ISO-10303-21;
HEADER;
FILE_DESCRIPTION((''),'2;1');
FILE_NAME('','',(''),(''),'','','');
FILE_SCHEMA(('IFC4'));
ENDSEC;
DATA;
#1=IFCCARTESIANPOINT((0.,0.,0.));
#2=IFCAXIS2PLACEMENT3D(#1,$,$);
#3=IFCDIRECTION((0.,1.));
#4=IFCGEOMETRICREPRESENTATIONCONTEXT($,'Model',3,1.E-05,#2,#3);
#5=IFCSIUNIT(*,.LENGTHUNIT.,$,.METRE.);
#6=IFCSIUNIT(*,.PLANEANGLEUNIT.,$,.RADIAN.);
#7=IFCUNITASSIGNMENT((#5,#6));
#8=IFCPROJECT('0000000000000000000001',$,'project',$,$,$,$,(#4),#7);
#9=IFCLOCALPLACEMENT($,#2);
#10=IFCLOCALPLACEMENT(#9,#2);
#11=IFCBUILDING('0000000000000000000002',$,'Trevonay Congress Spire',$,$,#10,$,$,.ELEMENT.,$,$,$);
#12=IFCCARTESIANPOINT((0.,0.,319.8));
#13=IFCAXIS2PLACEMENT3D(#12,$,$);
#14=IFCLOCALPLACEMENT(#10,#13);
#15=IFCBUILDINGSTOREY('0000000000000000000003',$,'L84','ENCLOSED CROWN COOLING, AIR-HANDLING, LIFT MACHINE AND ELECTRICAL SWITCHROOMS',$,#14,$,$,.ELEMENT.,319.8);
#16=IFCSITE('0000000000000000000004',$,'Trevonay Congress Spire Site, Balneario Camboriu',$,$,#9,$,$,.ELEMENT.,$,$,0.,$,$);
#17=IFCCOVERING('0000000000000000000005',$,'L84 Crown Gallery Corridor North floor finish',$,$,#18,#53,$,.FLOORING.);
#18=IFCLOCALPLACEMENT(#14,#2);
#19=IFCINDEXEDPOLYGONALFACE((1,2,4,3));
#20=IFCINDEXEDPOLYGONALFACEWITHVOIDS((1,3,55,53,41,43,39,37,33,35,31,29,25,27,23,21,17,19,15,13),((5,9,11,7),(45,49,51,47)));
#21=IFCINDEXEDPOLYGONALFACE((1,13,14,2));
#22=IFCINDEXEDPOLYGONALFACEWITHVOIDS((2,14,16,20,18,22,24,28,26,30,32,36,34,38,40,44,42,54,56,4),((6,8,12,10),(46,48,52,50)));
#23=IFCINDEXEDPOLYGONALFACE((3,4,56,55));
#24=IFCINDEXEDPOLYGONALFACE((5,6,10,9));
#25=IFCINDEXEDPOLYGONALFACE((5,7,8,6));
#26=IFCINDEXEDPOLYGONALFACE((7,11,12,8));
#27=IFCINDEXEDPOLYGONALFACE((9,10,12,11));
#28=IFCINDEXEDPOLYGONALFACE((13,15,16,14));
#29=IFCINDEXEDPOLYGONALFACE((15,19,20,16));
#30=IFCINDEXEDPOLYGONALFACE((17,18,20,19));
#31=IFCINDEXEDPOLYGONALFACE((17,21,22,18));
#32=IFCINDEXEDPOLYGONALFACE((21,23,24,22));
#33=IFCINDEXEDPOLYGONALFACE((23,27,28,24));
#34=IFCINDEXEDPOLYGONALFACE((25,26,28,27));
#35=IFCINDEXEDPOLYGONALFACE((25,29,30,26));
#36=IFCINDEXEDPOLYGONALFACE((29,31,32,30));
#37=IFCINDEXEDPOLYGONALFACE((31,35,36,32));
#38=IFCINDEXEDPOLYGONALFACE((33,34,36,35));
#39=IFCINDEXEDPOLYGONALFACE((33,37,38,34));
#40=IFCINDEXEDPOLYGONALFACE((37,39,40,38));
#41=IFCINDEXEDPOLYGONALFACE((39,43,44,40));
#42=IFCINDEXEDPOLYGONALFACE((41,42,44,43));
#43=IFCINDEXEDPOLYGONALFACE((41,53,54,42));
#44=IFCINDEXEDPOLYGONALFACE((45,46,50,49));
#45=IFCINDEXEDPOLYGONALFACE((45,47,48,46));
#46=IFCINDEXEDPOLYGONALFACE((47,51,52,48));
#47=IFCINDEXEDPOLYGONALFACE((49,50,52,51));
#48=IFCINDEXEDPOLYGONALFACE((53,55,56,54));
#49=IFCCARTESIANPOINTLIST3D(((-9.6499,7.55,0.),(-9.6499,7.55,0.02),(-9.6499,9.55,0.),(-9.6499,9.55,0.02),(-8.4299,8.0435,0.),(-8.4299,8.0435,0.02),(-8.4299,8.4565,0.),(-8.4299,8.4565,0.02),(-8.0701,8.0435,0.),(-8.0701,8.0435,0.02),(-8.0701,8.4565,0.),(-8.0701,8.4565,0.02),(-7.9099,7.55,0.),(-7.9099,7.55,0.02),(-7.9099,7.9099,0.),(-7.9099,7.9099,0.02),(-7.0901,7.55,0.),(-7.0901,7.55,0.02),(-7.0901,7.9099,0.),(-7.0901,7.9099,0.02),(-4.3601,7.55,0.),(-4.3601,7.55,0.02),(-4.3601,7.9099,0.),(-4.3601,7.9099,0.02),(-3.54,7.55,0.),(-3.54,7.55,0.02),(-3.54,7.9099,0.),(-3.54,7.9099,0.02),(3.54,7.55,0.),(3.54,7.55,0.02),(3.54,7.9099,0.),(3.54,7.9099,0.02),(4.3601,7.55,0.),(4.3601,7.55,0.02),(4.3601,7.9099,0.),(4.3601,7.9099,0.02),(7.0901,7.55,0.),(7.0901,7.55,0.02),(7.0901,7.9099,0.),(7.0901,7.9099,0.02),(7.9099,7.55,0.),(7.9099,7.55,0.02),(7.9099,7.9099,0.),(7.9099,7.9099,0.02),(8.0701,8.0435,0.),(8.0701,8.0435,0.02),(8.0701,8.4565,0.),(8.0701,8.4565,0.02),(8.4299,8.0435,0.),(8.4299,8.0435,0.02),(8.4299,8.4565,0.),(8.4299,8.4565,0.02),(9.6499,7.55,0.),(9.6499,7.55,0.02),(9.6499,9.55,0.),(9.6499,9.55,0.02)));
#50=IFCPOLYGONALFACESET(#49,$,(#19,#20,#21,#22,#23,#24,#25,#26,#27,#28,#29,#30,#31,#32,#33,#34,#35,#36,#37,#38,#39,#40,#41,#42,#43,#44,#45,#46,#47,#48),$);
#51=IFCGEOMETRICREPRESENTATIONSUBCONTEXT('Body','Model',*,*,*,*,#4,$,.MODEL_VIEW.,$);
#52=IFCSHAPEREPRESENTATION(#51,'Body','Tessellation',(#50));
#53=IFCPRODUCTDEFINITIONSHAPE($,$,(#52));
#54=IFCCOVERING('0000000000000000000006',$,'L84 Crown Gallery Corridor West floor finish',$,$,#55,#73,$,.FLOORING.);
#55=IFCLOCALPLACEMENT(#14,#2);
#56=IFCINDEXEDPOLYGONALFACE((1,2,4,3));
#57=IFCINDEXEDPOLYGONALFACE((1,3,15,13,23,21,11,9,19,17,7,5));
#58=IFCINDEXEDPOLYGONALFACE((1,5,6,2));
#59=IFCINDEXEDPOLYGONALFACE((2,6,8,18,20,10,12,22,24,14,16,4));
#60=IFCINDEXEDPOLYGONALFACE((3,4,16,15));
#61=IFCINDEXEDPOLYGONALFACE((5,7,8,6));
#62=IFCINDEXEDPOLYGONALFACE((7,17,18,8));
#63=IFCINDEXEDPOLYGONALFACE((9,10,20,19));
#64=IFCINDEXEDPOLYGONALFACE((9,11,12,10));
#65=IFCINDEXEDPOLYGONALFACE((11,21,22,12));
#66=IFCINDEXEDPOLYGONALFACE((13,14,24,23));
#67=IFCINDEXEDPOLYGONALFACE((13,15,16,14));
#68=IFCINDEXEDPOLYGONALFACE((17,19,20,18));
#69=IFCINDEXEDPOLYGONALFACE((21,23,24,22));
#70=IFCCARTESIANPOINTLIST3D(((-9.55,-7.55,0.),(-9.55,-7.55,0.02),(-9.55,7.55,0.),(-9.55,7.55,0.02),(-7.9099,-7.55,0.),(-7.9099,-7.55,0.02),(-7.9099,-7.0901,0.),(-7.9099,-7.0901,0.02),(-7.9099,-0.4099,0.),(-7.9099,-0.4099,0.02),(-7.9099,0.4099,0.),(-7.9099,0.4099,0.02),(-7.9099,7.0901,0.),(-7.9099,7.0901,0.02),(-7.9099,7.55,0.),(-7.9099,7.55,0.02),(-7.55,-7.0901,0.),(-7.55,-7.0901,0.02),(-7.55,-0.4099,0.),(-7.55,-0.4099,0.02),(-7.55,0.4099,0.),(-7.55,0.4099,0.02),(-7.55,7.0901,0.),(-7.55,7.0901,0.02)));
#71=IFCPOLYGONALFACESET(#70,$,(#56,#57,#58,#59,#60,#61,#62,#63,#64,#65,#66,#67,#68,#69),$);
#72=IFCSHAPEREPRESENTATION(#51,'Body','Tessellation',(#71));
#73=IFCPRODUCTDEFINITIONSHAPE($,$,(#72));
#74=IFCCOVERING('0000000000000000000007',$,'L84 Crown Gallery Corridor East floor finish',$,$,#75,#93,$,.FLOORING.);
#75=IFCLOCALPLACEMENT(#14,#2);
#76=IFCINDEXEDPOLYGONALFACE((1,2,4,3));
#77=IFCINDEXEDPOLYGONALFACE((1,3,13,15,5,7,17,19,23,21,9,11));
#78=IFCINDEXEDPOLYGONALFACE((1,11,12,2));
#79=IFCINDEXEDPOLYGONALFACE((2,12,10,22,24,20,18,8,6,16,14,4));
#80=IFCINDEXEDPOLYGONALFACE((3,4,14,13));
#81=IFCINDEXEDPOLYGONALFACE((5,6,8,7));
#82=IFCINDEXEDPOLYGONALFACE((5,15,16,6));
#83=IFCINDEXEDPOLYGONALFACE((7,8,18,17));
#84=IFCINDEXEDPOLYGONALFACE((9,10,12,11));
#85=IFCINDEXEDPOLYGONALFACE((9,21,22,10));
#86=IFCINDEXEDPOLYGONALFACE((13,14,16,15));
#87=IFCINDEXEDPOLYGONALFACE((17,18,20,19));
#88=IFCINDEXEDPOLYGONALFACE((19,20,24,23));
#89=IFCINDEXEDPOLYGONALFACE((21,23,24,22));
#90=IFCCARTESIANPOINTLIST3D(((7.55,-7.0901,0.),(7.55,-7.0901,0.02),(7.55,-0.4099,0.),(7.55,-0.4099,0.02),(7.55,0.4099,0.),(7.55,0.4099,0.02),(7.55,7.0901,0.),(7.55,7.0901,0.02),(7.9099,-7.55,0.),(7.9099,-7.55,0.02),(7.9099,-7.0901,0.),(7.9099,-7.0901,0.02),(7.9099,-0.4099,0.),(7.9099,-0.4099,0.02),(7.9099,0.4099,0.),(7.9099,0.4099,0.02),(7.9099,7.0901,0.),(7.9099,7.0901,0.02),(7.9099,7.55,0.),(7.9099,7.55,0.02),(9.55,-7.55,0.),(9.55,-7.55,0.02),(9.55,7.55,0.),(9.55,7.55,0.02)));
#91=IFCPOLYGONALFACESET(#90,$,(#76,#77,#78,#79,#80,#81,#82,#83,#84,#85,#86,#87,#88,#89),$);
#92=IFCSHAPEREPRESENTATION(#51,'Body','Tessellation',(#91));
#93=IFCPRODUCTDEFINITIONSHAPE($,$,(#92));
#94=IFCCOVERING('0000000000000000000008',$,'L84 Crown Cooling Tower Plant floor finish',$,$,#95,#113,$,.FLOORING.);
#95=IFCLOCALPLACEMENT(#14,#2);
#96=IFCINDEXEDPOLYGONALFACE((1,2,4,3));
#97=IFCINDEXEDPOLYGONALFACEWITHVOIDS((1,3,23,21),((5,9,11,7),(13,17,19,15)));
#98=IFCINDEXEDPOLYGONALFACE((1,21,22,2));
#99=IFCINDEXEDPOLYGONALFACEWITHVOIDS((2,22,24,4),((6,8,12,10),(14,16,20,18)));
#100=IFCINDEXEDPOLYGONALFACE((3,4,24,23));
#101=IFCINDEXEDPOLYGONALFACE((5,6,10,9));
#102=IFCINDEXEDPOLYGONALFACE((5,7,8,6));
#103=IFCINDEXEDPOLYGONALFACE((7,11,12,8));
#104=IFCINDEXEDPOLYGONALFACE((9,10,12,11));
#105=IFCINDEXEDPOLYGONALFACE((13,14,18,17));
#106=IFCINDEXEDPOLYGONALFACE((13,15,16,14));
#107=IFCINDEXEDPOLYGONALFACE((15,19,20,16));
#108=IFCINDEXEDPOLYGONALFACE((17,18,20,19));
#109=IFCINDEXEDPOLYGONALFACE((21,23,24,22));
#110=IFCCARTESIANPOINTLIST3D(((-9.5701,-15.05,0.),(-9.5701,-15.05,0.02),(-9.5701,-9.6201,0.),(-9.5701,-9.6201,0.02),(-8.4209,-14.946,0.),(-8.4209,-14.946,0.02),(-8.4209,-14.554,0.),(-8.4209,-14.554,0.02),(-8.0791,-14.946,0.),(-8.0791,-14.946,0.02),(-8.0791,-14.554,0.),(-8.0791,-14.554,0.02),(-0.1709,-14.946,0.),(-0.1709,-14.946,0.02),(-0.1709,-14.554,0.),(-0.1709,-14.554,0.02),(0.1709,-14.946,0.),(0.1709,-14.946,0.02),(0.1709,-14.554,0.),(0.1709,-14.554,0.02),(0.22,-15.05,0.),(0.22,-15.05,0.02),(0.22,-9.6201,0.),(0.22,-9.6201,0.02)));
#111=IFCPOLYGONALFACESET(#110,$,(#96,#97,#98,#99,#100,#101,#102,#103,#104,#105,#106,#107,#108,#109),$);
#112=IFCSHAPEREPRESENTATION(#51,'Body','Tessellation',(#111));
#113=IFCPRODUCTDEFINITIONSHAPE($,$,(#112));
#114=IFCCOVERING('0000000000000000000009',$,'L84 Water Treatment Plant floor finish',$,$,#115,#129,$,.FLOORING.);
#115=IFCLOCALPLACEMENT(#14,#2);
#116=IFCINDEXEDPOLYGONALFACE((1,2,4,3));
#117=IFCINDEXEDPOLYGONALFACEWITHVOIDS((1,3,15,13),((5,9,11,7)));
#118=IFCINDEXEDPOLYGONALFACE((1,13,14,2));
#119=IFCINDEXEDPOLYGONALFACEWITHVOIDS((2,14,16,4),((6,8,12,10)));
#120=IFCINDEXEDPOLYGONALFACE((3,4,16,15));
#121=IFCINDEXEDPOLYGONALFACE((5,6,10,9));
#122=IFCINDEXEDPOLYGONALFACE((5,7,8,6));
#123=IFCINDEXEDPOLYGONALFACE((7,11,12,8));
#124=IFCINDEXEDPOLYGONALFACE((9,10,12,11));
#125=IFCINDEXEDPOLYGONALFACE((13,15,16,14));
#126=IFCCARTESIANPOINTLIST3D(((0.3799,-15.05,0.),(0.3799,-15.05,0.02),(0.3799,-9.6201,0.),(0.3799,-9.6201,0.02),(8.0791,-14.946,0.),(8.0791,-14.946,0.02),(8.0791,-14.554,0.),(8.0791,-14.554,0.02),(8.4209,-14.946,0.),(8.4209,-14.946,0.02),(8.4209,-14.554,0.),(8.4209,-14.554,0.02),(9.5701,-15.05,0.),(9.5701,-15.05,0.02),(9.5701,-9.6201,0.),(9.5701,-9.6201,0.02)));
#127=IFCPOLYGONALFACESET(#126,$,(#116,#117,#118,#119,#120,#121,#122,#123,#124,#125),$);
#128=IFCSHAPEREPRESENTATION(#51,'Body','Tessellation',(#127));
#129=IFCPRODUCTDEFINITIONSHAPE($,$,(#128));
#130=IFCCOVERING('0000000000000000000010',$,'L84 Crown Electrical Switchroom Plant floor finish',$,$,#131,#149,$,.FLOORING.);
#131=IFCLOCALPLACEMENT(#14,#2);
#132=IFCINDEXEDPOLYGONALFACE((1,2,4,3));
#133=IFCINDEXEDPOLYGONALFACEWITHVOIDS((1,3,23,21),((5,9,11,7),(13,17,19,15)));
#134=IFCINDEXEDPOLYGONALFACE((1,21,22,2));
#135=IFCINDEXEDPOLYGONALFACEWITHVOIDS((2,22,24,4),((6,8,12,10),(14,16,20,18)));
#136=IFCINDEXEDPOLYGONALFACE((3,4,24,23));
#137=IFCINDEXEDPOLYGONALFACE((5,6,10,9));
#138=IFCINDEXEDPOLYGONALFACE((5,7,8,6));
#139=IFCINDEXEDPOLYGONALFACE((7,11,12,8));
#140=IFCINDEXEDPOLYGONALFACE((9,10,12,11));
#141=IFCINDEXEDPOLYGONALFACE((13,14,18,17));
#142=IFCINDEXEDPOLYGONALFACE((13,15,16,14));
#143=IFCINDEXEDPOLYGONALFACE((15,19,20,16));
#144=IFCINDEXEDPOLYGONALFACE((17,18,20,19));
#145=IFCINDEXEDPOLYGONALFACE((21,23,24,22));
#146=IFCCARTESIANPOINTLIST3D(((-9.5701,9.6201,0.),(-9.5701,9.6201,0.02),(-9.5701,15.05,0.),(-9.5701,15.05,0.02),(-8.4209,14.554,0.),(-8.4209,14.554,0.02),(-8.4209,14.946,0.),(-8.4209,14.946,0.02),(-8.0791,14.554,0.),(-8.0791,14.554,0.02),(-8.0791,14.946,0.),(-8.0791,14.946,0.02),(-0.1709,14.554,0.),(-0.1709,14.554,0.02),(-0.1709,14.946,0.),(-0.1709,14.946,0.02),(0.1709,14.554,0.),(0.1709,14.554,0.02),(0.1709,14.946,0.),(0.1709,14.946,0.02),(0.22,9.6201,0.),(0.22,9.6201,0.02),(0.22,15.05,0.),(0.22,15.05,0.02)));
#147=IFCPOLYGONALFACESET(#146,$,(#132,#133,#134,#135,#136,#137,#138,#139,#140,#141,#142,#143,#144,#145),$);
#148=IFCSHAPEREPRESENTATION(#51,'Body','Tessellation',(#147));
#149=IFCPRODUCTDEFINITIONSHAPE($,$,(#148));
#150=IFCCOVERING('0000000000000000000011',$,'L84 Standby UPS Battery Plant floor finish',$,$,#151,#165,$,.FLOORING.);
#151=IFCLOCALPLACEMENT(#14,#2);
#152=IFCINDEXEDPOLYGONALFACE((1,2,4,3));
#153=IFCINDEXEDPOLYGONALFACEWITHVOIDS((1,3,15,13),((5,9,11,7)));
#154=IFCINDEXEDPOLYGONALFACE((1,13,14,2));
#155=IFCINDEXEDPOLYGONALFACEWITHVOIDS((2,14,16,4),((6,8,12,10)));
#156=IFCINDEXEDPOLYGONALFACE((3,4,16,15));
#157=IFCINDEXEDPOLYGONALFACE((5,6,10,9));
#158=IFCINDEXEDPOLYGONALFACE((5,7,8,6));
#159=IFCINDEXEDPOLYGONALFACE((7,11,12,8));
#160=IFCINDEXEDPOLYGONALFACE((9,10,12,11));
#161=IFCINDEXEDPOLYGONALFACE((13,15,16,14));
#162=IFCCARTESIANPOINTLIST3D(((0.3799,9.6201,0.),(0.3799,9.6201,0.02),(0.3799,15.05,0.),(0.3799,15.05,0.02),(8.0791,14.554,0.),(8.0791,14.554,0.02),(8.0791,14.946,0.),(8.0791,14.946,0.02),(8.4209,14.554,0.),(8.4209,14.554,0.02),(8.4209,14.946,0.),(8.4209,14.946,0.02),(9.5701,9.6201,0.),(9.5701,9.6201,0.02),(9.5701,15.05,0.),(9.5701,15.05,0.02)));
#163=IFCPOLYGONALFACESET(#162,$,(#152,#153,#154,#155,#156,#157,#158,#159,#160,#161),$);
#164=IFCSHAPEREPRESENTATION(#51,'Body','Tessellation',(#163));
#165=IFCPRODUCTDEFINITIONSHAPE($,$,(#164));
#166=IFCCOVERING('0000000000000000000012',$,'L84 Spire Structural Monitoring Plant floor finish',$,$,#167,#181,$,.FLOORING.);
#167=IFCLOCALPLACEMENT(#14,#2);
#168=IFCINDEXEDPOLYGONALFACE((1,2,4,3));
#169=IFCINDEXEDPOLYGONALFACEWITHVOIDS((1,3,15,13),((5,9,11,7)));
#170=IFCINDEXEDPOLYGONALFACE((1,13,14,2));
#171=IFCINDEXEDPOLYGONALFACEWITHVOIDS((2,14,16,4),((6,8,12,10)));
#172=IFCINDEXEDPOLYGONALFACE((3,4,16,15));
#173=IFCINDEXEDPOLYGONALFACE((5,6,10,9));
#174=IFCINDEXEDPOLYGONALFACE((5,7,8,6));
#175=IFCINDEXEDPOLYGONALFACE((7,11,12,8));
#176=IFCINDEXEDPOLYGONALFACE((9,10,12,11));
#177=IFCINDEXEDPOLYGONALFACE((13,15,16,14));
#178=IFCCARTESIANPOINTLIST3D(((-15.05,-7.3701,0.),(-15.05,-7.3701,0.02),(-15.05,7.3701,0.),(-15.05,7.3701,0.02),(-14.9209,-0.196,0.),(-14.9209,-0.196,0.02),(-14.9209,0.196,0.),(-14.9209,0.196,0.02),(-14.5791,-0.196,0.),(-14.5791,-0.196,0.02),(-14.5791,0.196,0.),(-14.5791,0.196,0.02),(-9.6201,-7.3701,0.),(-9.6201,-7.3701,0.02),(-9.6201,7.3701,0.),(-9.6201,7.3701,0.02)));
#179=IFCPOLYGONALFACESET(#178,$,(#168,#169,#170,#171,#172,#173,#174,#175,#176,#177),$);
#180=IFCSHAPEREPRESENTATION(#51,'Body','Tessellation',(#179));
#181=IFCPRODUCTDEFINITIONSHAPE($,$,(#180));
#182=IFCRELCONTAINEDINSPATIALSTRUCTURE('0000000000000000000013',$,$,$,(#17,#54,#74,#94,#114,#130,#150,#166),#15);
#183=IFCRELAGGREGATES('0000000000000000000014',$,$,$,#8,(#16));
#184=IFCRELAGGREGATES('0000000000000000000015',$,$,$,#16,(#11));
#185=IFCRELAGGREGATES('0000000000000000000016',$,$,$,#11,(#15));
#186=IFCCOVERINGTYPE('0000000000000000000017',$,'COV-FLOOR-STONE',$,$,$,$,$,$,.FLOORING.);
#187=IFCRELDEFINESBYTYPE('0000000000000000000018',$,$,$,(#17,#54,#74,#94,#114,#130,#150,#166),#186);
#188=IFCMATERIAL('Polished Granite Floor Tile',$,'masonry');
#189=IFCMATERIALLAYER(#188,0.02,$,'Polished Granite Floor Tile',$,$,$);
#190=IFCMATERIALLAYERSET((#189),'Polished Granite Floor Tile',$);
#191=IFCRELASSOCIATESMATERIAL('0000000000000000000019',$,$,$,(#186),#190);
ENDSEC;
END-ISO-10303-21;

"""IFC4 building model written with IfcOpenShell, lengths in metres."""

from ifc_helpers import new_model, si_unit, direction, frame, origin, place, context, subcontext, project, spatial, polyline, outline, extrude, material, layer, layer_set, type_object, element, save


model = new_model("IFC4")

# Units and contexts
model_context = context("Model", 3, precision=1e-05, world=origin(), true_north=direction((0.0, 1.0)))
body_context = subcontext(model_context, "Body", "Model", "MODEL_VIEW")
ifc_project = project(units=[si_unit("LENGTHUNIT", "METRE"), si_unit("PLANEANGLEUNIT", "RADIAN")], contexts=[model_context])

# Site, building, storey
site_placement = place(None, origin())
site = spatial("IfcSite", under=ifc_project, at=site_placement, Name="Trevonay Congress Spire Site, Balneario Camboriu", CompositionType="ELEMENT", RefElevation=0.0)
building_placement = place(site_placement, origin())
building = spatial("IfcBuilding", under=site, at=building_placement, Name="Trevonay Congress Spire", CompositionType="ELEMENT")
storey_placement = place(building_placement, frame((0.0, 0.0, 319.8)))
storey = spatial("IfcBuildingStorey", under=building, at=storey_placement, Name="L84", Description="ENCLOSED CROWN COOLING, AIR-HANDLING, LIFT MACHINE AND ELECTRICAL SWITCHROOMS", CompositionType="ELEMENT", Elevation=319.8)

# Coverings
ifc_material_1 = material(Name="Polished Granite Floor Tile", Category="masonry")
ifc_layer_1 = layer(ifc_material_1, 0.02, Name="Polished Granite Floor Tile")
ifc_layer_set_1 = layer_set([ifc_layer_1], Name="Polished Granite Floor Tile")
covering_type_1 = type_object("IfcCoveringType", Name="COV-FLOOR-STONE", PredefinedType="FLOORING", material=ifc_layer_set_1)
covering_1_placement = place(storey_placement, origin())
element("IfcCovering", 1, at=covering_1_placement, inside=storey, type_object=covering_type_1, Name="L84 Crown Gallery Corridor North floor finish", PredefinedType="FLOORING", context=body_context, shape_type="SweptSolid", body=[
    extrude(outline(polyline([(-9.6499, 7.55), (-9.6499, 9.55), (9.6499, 9.55), (9.6499, 7.55), (7.9099, 7.55), (7.9099, 7.9099), (7.0901, 7.9099), (7.0901, 7.55), (4.3601, 7.55), (4.3601, 7.9099), (3.54, 7.9099), (3.54, 7.55), (-3.54, 7.55), (-3.54, 7.9099), (-4.3601, 7.9099), (-4.3601, 7.55), (-7.0901, 7.55), (-7.0901, 7.9099), (-7.9099, 7.9099), (-7.9099, 7.55), (-9.6499, 7.55)]), holes=[polyline([(-8.0701, 8.4565), (-8.4299, 8.4565), (-8.4299, 8.0435), (-8.0701, 8.0435), (-8.0701, 8.4565)]), polyline([(8.4299, 8.4565), (8.0701, 8.4565), (8.0701, 8.0435), (8.4299, 8.0435), (8.4299, 8.4565)])]), origin(), (0.0, 0.0, 1.0), 0.02),
])
covering_2_placement = place(storey_placement, origin())
element("IfcCovering", 2, at=covering_2_placement, inside=storey, type_object=covering_type_1, Name="L84 Crown Gallery Corridor West floor finish", PredefinedType="FLOORING", context=body_context, shape_type="SweptSolid", body=[
    extrude(outline(polyline([(-9.55, 7.55), (-7.9099, 7.55), (-7.9099, 7.0901), (-7.55, 7.0901), (-7.55, 0.4099), (-7.9099, 0.4099), (-7.9099, -0.4099), (-7.55, -0.4099), (-7.55, -7.0901), (-7.9099, -7.0901), (-7.9099, -7.55), (-9.55, -7.55), (-9.55, 7.55)])), origin(), (0.0, 0.0, 1.0), 0.02),
])
covering_3_placement = place(storey_placement, origin())
element("IfcCovering", 3, at=covering_3_placement, inside=storey, type_object=covering_type_1, Name="L84 Crown Gallery Corridor East floor finish", PredefinedType="FLOORING", context=body_context, shape_type="SweptSolid", body=[
    extrude(outline(polyline([(9.55, -7.55), (7.9099, -7.55), (7.9099, -7.0901), (7.55, -7.0901), (7.55, -0.4099), (7.9099, -0.4099), (7.9099, 0.4099), (7.55, 0.4099), (7.55, 7.0901), (7.9099, 7.0901), (7.9099, 7.55), (9.55, 7.55), (9.55, -7.55)])), origin(), (0.0, 0.0, 1.0), 0.02),
])
covering_4_placement = place(storey_placement, origin())
element("IfcCovering", 4, at=covering_4_placement, inside=storey, type_object=covering_type_1, Name="L84 Crown Cooling Tower Plant floor finish", PredefinedType="FLOORING", context=body_context, shape_type="SweptSolid", body=[
    extrude(outline(polyline([(-9.5701, -9.6201), (0.22, -9.6201), (0.22, -15.05), (-9.5701, -15.05), (-9.5701, -9.6201)]), holes=[polyline([(-8.4209, -14.946), (-8.0791, -14.946), (-8.0791, -14.554), (-8.4209, -14.554), (-8.4209, -14.946)]), polyline([(-0.1709, -14.946), (0.1709, -14.946), (0.1709, -14.554), (-0.1709, -14.554), (-0.1709, -14.946)])]), origin(), (0.0, 0.0, 1.0), 0.02),
])
covering_5_placement = place(storey_placement, origin())
element("IfcCovering", 5, at=covering_5_placement, inside=storey, type_object=covering_type_1, Name="L84 Water Treatment Plant floor finish", PredefinedType="FLOORING", context=body_context, shape_type="SweptSolid", body=[
    extrude(outline(polyline([(0.3799, -9.6201), (9.5701, -9.6201), (9.5701, -15.05), (0.3799, -15.05), (0.3799, -9.6201)]), holes=[polyline([(8.4209, -14.946), (8.4209, -14.554), (8.0791, -14.554), (8.0791, -14.946), (8.4209, -14.946)])]), origin(), (0.0, 0.0, 1.0), 0.02),
])
covering_6_placement = place(storey_placement, origin())
element("IfcCovering", 6, at=covering_6_placement, inside=storey, type_object=covering_type_1, Name="L84 Crown Electrical Switchroom Plant floor finish", PredefinedType="FLOORING", context=body_context, shape_type="SweptSolid", body=[
    extrude(outline(polyline([(-9.5701, 15.05), (0.22, 15.05), (0.22, 9.6201), (-9.5701, 9.6201), (-9.5701, 15.05)]), holes=[polyline([(-8.4209, 14.554), (-8.0791, 14.554), (-8.0791, 14.946), (-8.4209, 14.946), (-8.4209, 14.554)]), polyline([(-0.1709, 14.554), (0.1709, 14.554), (0.1709, 14.946), (-0.1709, 14.946), (-0.1709, 14.554)])]), origin(), (0.0, 0.0, 1.0), 0.02),
])
covering_7_placement = place(storey_placement, origin())
element("IfcCovering", 7, at=covering_7_placement, inside=storey, type_object=covering_type_1, Name="L84 Standby UPS Battery Plant floor finish", PredefinedType="FLOORING", context=body_context, shape_type="SweptSolid", body=[
    extrude(outline(polyline([(0.3799, 15.05), (9.5701, 15.05), (9.5701, 9.6201), (0.3799, 9.6201), (0.3799, 15.05)]), holes=[polyline([(8.4209, 14.554), (8.4209, 14.946), (8.0791, 14.946), (8.0791, 14.554), (8.4209, 14.554)])]), origin(), (0.0, 0.0, 1.0), 0.02),
])
covering_8_placement = place(storey_placement, origin())
element("IfcCovering", 8, at=covering_8_placement, inside=storey, type_object=covering_type_1, Name="L84 Spire Structural Monitoring Plant floor finish", PredefinedType="FLOORING", context=body_context, shape_type="SweptSolid", body=[
    extrude(outline(polyline([(-15.05, 7.3701), (-9.6201, 7.3701), (-9.6201, -7.3701), (-15.05, -7.3701), (-15.05, 7.3701)]), holes=[polyline([(-14.5791, -0.196), (-14.5791, 0.196), (-14.9209, 0.196), (-14.9209, -0.196), (-14.5791, -0.196)])]), origin(), (0.0, 0.0, 1.0), 0.02),
])

save(model, "model.ifc")
